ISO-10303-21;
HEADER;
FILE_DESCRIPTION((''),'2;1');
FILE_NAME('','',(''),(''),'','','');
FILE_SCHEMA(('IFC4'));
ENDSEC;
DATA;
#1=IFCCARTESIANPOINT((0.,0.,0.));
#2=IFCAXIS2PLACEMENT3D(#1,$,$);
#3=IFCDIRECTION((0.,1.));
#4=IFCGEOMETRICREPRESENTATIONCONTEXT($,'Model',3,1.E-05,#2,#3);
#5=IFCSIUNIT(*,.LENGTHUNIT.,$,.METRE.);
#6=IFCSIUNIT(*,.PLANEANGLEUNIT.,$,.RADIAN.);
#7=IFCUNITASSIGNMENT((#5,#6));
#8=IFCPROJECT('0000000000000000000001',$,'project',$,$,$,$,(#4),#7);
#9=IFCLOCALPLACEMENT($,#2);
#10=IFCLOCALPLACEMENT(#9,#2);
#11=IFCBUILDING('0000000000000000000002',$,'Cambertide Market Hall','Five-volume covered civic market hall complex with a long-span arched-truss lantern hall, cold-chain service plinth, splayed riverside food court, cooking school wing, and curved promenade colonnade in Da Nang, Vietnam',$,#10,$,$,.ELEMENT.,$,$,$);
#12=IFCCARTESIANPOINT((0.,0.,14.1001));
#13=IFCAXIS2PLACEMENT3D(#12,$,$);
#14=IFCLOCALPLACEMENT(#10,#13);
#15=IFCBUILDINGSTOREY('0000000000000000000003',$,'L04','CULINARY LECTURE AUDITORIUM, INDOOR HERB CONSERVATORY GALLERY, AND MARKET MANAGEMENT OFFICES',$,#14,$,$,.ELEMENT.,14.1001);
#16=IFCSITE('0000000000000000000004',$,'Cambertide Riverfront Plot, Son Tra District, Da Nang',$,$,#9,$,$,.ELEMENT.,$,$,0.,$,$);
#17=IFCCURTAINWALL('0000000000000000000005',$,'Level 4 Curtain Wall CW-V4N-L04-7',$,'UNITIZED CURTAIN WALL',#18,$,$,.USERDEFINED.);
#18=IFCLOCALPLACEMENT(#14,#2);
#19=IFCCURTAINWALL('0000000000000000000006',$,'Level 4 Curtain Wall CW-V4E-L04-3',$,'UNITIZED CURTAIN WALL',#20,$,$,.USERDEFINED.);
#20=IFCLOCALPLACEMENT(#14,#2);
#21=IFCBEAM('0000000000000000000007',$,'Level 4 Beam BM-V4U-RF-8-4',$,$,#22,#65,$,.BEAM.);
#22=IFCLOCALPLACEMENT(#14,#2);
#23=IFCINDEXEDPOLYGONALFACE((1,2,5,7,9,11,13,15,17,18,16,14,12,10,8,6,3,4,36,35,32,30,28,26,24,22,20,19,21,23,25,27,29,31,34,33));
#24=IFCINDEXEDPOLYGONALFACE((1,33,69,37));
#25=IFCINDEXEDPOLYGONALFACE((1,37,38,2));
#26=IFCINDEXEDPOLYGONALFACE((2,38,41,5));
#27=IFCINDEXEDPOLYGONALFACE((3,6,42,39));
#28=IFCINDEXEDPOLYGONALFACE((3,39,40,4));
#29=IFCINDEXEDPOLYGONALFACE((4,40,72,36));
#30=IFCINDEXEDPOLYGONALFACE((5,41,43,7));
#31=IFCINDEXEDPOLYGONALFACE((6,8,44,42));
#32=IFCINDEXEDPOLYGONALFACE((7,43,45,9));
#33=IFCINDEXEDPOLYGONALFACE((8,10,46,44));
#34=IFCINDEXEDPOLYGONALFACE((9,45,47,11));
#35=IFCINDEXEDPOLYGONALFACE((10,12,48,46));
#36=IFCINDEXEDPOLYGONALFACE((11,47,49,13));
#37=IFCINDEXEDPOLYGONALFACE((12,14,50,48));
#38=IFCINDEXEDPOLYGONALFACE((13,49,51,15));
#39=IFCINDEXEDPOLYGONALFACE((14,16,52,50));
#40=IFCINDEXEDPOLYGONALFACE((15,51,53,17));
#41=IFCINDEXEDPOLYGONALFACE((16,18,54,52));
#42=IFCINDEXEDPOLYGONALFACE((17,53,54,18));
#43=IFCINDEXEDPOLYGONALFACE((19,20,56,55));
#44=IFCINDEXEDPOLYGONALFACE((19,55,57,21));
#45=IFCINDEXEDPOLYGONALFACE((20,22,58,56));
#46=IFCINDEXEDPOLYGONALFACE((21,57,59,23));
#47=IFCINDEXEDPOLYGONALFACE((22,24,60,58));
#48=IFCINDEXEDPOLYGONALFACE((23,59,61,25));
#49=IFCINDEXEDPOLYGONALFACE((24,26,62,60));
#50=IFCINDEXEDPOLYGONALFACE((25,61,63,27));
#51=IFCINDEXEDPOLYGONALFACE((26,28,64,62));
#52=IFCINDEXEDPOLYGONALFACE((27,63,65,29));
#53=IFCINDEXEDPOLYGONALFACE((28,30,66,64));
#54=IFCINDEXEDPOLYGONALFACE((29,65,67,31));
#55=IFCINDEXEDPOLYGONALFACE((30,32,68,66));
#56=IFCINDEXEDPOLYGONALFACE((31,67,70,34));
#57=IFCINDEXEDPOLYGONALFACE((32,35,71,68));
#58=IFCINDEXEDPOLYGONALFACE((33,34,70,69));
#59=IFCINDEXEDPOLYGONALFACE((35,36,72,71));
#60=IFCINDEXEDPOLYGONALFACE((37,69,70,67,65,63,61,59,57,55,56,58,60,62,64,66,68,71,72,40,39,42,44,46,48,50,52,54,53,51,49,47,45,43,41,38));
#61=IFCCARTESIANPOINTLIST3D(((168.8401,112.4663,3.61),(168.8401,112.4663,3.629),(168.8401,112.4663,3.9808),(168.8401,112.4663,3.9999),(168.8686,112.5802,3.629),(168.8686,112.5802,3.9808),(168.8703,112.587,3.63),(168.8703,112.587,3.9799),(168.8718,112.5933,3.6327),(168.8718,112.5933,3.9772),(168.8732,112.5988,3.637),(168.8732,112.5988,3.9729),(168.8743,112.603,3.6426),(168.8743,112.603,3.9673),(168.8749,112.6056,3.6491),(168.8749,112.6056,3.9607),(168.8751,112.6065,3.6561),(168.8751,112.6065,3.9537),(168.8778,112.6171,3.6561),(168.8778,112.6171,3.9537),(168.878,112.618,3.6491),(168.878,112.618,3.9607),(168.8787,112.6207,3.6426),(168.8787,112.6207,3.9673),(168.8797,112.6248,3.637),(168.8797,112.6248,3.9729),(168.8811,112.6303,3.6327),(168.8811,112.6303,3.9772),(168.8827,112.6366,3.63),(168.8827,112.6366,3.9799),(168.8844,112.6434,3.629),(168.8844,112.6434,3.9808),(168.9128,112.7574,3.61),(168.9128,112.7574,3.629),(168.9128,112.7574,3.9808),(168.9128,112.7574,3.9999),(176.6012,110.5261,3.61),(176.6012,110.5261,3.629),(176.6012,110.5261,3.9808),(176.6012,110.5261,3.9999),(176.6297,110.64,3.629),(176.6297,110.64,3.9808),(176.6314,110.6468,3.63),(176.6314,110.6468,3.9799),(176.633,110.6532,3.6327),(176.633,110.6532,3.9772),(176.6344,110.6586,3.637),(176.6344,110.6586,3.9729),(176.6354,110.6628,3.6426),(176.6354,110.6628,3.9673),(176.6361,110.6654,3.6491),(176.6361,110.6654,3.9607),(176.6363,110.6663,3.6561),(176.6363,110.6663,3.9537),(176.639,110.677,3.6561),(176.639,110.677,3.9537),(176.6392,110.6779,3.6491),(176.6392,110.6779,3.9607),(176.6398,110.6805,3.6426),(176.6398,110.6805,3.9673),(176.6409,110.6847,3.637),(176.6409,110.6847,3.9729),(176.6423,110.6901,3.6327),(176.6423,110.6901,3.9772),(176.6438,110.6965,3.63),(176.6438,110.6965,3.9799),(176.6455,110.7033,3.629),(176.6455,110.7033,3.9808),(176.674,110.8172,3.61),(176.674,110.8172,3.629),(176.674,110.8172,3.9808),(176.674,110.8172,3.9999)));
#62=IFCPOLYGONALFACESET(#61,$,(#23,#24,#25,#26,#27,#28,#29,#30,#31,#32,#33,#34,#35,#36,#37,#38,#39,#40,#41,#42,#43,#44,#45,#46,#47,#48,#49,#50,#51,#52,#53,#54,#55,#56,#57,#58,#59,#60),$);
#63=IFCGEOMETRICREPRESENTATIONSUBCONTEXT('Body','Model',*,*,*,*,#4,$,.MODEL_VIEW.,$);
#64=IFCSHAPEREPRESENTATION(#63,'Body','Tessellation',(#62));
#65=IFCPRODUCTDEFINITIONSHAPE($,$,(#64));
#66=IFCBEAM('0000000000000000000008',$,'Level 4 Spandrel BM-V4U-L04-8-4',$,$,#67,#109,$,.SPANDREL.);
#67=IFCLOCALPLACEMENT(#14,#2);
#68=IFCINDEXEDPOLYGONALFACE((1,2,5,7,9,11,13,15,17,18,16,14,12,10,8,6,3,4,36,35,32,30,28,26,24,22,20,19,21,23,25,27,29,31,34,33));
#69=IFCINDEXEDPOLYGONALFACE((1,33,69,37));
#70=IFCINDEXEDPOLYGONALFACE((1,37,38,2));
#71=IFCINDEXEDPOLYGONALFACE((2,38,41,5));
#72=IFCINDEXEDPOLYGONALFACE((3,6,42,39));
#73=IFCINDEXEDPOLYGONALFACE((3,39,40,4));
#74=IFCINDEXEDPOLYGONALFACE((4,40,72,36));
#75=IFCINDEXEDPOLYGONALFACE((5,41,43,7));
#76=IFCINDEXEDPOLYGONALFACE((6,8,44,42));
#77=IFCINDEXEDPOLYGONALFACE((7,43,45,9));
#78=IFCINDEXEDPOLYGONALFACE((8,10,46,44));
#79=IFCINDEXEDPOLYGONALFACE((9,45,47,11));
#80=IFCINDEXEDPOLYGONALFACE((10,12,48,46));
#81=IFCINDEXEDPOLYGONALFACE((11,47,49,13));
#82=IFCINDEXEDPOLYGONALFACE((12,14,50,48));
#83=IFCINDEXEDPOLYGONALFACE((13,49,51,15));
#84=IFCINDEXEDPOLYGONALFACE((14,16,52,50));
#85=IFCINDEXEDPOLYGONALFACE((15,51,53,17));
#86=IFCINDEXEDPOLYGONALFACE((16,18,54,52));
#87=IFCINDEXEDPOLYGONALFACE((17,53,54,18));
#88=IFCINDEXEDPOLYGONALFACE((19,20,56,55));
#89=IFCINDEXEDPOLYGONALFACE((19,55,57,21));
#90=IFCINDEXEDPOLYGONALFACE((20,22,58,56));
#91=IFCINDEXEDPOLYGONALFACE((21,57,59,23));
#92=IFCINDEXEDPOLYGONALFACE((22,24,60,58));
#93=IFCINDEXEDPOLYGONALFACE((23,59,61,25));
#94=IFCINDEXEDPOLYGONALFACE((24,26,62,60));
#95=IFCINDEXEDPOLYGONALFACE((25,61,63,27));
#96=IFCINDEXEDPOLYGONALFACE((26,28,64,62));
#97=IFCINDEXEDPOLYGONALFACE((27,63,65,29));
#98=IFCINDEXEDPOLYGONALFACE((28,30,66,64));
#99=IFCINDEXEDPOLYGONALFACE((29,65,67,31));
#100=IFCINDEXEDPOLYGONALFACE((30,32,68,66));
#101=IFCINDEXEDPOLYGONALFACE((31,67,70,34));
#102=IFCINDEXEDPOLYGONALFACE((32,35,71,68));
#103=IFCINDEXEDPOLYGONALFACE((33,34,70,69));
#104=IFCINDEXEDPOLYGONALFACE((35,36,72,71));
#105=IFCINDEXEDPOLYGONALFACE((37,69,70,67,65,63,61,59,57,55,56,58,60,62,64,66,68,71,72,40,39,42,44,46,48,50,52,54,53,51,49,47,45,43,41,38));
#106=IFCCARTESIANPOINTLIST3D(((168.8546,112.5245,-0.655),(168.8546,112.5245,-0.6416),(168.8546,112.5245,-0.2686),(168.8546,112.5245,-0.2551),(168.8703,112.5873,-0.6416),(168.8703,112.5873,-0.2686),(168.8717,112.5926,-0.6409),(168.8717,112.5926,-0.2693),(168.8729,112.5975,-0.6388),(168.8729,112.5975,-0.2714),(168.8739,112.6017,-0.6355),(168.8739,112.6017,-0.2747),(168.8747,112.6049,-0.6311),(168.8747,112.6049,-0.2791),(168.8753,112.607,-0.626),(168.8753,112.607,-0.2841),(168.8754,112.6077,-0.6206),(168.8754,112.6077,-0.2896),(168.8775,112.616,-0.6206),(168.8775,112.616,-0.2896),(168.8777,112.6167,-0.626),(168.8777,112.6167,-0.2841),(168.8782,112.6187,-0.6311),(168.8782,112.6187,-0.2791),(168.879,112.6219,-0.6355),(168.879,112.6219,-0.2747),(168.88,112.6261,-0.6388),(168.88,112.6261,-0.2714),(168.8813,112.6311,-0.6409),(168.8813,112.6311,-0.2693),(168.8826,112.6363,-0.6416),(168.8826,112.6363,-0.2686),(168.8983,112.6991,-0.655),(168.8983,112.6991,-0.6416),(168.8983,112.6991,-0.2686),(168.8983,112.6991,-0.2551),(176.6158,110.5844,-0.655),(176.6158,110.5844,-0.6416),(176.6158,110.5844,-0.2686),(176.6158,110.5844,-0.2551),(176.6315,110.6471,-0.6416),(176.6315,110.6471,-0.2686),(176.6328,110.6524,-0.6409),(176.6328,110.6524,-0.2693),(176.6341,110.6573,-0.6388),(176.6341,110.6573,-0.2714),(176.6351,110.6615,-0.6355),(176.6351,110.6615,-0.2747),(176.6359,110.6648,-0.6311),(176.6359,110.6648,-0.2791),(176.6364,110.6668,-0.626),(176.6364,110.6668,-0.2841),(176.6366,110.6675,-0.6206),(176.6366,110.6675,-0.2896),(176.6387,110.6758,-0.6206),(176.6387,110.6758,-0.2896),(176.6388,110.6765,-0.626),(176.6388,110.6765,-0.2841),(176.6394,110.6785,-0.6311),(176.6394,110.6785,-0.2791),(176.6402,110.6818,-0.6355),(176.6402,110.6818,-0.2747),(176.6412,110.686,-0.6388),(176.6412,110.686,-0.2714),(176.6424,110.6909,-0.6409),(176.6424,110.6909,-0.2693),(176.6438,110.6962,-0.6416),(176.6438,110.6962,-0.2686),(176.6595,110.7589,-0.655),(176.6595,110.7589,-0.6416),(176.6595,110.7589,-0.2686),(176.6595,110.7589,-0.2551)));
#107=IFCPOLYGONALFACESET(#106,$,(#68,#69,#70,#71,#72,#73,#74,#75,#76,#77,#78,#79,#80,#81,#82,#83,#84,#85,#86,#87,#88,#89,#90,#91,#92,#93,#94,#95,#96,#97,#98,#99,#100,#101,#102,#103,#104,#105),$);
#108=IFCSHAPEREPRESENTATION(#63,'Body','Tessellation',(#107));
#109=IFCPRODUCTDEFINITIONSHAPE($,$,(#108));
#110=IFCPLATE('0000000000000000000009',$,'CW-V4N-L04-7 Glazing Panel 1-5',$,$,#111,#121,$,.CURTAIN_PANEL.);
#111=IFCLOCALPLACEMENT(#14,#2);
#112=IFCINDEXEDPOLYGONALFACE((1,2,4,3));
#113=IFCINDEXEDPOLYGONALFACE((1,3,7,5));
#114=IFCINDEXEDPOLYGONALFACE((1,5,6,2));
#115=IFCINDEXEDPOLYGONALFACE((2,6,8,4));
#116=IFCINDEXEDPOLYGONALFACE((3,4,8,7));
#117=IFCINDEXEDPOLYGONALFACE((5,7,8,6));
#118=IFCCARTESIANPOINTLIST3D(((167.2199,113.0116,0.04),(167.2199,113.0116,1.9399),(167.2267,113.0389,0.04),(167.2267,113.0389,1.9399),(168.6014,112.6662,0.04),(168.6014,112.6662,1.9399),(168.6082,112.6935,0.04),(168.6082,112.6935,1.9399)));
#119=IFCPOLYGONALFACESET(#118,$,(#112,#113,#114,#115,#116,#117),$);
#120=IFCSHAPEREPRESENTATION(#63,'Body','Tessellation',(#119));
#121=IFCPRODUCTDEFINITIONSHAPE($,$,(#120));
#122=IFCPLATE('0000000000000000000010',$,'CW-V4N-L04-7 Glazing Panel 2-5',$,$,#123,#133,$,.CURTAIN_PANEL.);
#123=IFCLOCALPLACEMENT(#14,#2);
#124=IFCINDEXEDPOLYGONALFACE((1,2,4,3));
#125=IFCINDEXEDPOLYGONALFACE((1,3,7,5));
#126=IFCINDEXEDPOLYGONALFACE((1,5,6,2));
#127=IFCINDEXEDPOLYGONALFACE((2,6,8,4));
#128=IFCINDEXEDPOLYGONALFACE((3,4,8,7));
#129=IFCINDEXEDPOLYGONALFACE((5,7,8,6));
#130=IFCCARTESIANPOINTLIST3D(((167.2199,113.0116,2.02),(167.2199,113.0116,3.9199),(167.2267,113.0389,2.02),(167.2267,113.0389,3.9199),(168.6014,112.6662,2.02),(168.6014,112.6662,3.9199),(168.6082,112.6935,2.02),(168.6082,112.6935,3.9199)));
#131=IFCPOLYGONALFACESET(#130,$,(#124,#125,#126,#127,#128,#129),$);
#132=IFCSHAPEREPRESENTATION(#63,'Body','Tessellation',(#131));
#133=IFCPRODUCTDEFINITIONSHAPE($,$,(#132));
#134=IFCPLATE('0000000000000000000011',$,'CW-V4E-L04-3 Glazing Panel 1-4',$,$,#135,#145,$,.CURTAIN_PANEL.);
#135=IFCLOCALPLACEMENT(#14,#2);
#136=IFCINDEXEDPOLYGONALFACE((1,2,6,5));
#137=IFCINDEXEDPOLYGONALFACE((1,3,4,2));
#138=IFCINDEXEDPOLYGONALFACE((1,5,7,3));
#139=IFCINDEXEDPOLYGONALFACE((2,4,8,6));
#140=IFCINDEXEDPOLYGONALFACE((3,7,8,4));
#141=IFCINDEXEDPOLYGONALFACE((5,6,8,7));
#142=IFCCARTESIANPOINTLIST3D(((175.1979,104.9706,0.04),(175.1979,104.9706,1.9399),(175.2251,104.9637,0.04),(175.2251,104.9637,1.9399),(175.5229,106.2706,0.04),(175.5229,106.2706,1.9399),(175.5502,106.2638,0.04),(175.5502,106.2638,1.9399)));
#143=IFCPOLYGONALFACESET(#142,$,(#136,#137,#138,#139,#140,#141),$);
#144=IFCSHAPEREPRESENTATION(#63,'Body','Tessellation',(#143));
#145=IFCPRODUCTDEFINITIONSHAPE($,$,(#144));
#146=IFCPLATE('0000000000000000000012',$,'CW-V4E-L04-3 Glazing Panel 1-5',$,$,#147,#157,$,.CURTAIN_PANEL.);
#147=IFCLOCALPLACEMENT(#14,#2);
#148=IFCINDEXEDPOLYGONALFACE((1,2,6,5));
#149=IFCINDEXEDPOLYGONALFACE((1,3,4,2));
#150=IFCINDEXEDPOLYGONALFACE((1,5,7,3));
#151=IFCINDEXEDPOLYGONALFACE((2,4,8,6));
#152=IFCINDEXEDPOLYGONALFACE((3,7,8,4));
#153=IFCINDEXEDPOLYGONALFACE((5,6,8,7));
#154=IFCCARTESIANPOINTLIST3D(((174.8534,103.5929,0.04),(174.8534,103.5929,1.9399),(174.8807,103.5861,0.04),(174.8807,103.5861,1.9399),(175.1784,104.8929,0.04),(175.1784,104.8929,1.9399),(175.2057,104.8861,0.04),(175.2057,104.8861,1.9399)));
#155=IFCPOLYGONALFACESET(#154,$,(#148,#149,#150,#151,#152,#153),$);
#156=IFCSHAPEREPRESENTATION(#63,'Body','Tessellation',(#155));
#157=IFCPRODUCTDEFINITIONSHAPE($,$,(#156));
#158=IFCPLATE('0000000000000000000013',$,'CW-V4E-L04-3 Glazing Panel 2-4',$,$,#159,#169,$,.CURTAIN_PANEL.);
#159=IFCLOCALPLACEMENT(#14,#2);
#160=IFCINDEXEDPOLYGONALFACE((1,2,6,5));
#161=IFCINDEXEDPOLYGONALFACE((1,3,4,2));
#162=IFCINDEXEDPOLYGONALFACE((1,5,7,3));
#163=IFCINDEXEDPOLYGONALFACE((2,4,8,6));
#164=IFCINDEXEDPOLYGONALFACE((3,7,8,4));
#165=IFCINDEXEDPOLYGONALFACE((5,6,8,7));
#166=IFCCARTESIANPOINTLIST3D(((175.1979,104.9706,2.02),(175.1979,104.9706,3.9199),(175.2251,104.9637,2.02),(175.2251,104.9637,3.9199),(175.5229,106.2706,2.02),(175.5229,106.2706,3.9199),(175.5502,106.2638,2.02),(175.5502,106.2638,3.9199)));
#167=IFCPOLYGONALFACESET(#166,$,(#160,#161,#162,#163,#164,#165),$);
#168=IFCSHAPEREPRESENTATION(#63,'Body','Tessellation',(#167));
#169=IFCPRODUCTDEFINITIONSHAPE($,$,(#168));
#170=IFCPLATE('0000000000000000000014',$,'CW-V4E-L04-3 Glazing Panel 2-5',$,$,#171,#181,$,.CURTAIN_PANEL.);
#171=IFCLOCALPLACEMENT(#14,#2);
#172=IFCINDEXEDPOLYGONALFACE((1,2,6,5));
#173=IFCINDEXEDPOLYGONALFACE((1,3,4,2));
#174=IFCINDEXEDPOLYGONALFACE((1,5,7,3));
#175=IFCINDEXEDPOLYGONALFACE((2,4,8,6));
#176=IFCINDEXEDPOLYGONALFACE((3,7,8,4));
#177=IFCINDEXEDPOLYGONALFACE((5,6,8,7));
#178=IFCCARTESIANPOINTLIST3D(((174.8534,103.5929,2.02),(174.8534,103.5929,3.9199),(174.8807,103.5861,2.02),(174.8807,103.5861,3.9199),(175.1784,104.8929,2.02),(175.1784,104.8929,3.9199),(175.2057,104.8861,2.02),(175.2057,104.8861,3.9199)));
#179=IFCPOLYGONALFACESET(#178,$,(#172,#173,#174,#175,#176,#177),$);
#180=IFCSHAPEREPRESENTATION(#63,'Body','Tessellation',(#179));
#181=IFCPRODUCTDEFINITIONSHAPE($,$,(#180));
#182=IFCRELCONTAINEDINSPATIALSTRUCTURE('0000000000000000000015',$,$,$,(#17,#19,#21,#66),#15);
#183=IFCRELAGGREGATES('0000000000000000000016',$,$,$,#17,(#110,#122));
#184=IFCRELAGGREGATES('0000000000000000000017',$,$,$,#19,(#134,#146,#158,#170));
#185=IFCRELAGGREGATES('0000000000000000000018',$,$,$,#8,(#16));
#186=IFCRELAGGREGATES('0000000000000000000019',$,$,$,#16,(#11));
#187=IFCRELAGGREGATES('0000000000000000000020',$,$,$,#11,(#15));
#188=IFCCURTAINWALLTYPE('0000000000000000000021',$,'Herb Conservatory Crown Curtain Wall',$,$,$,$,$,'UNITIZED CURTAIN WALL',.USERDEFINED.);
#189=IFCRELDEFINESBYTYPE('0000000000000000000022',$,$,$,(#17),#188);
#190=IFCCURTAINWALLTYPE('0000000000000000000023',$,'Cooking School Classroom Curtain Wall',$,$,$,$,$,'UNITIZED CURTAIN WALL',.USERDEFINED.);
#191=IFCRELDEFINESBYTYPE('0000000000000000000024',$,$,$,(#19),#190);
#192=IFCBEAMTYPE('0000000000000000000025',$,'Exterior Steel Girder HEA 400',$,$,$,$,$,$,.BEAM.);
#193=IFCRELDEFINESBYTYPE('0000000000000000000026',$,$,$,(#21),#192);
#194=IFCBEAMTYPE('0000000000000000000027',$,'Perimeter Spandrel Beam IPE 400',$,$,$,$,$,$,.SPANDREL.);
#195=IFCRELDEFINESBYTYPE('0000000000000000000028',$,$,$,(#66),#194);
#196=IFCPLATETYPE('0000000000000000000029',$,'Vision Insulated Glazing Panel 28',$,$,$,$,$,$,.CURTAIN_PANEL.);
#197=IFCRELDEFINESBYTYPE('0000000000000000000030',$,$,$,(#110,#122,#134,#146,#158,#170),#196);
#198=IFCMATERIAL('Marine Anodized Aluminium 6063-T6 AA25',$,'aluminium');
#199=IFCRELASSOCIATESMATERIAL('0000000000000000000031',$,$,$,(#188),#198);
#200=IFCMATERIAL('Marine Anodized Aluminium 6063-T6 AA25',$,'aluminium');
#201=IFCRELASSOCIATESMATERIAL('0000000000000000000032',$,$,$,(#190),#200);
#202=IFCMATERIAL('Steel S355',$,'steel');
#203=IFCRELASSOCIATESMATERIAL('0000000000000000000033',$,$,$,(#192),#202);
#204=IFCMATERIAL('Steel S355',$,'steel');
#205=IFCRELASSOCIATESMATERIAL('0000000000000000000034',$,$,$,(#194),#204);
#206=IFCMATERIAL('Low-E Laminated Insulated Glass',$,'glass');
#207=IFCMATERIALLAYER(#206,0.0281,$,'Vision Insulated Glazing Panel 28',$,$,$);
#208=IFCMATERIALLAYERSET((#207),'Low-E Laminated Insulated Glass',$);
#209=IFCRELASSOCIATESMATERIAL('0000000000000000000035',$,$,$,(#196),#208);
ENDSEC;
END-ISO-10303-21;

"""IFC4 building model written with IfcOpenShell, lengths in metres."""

from ifc_helpers import new_model, si_unit, direction, frame, origin, origin_2d, place, context, subcontext, project, spatial, rectangle, i_section, extrude, material, layer, layer_set, material_profile, profile_set, type_object, element, aggregate, save


model = new_model("IFC4")

# Units and contexts
model_context = context("Model", 3, precision=1e-05, world=origin(), true_north=direction((0.0, 1.0)))
body_context = subcontext(model_context, "Body", "Model", "MODEL_VIEW")
ifc_project = project(units=[si_unit("LENGTHUNIT", "METRE"), si_unit("PLANEANGLEUNIT", "RADIAN")], contexts=[model_context])

# Site, building, storey
site_placement = place(None, origin())
site = spatial("IfcSite", under=ifc_project, at=site_placement, Name="Cambertide Riverfront Plot, Son Tra District, Da Nang", CompositionType="ELEMENT", RefElevation=0.0)
building_placement = place(site_placement, origin())
building = spatial("IfcBuilding", under=site, at=building_placement, Name="Cambertide Market Hall", Description="Five-volume covered civic market hall complex with a long-span arched-truss lantern hall, cold-chain service plinth, splayed riverside food court, cooking school wing, and curved promenade colonnade in Da Nang, Vietnam", CompositionType="ELEMENT")
storey_placement = place(building_placement, frame((0.0, 0.0, 14.1001)))
storey = spatial("IfcBuildingStorey", under=building, at=storey_placement, Name="L04", Description="CULINARY LECTURE AUDITORIUM, INDOOR HERB CONSERVATORY GALLERY, AND MARKET MANAGEMENT OFFICES", CompositionType="ELEMENT", Elevation=14.1001)

# Curtain walls
ifc_material_1 = material(Name="Marine Anodized Aluminium 6063-T6 AA25", Category="aluminium")
curtain_wall_type_1 = type_object("IfcCurtainWallType", Name="Herb Conservatory Crown Curtain Wall", ElementType="UNITIZED CURTAIN WALL", PredefinedType="USERDEFINED", material=ifc_material_1)
curtain_wall_1_placement = place(storey_placement, origin())
curtain_wall_1 = element("IfcCurtainWall", 1, at=curtain_wall_1_placement, inside=storey, type_object=curtain_wall_type_1, Name="Level 4 Curtain Wall CW-V4N-L04-7", ObjectType="UNITIZED CURTAIN WALL", PredefinedType="USERDEFINED")
ifc_material_2 = material(Name="Marine Anodized Aluminium 6063-T6 AA25", Category="aluminium")
curtain_wall_type_2 = type_object("IfcCurtainWallType", Name="Cooking School Classroom Curtain Wall", ElementType="UNITIZED CURTAIN WALL", PredefinedType="USERDEFINED", material=ifc_material_2)
curtain_wall_2_placement = place(storey_placement, origin())
curtain_wall_2 = element("IfcCurtainWall", 2, at=curtain_wall_2_placement, inside=storey, type_object=curtain_wall_type_2, Name="Level 4 Curtain Wall CW-V4E-L04-3", ObjectType="UNITIZED CURTAIN WALL", PredefinedType="USERDEFINED")

# Beams
ifc_material_3 = material(Name="Steel S355", Category="steel")
ifc_material_profile_1 = material_profile(ifc_material_3, i_section(OverallWidth=0.3, OverallDepth=0.3899, WebThickness=0.011, FlangeThickness=0.019, FilletRadius=0.0271, at=origin_2d()), Name="HEA 400")
ifc_profile_set_1 = profile_set([ifc_material_profile_1], Name="Steel S355")
beam_type_1 = type_object("IfcBeamType", Name="Exterior Steel Girder HEA 400", PredefinedType="BEAM", material=ifc_profile_set_1)
beam_1_placement = place(storey_placement, frame((168.8765, 112.6118, 3.8049), z_axis=(0.970146, -0.242521, 0.0), x_axis=(0.242521, 0.970146, 0.0)))
element("IfcBeam", 3, at=beam_1_placement, inside=storey, type_object=beam_type_1, Name="Level 4 Beam BM-V4U-RF-8-4", PredefinedType="BEAM", context=body_context, shape_type="SweptSolid", body=[
    extrude(i_section(OverallWidth=0.3, OverallDepth=0.3899, WebThickness=0.011, FlangeThickness=0.019, FilletRadius=0.0271, at=origin_2d()), origin(), (0.0, 0.0, 1.0), 8.0),
])
ifc_material_4 = material(Name="Steel S355", Category="steel")
ifc_material_profile_2 = material_profile(ifc_material_4, i_section(OverallWidth=0.1799, OverallDepth=0.3999, WebThickness=0.0085, FlangeThickness=0.0134, FilletRadius=0.021, at=origin_2d()), Name="IPE 400")
ifc_profile_set_2 = profile_set([ifc_material_profile_2], Name="Steel S355")
beam_type_2 = type_object("IfcBeamType", Name="Perimeter Spandrel Beam IPE 400", PredefinedType="SPANDREL", material=ifc_profile_set_2)
beam_2_placement = place(storey_placement, frame((168.8765, 112.6118, -0.4551), z_axis=(0.970146, -0.242521, 0.0), x_axis=(0.242521, 0.970146, 0.0)))
element("IfcBeam", 4, at=beam_2_placement, inside=storey, type_object=beam_type_2, Name="Level 4 Spandrel BM-V4U-L04-8-4", PredefinedType="SPANDREL", context=body_context, shape_type="SweptSolid", body=[
    extrude(i_section(OverallWidth=0.1799, OverallDepth=0.3999, WebThickness=0.0085, FlangeThickness=0.0134, FilletRadius=0.021, at=origin_2d()), origin(), (0.0, 0.0, 1.0), 8.0),
])

# Plates
ifc_material_5 = material(Name="Low-E Laminated Insulated Glass", Category="glass")
ifc_layer_1 = layer(ifc_material_5, 0.0281, Name="Vision Insulated Glazing Panel 28")
ifc_layer_set_1 = layer_set([ifc_layer_1], Name="Low-E Laminated Insulated Glass")
plate_type = type_object("IfcPlateType", Name="Vision Insulated Glazing Panel 28", PredefinedType="CURTAIN_PANEL", material=ifc_layer_set_1)
plate_1_placement = place(storey_placement, frame((167.9141, 112.8525, 0.04), z_axis=(0.0, 0.0, 1.0), x_axis=(0.970143, -0.242536, 0.0)))
plate_1 = element("IfcPlate", 5, at=plate_1_placement, type_object=plate_type, Name="CW-V4N-L04-7 Glazing Panel 1-5", PredefinedType="CURTAIN_PANEL", context=body_context, shape_type="SweptSolid", body=[
    extrude(rectangle(XDim=1.4241, YDim=0.0281, at=origin_2d()), origin(), (0.0, 0.0, 1.0), 1.8999),
])
plate_2_placement = place(storey_placement, frame((167.9141, 112.8525, 2.02), z_axis=(0.0, 0.0, 1.0), x_axis=(0.970143, -0.242536, 0.0)))
plate_2 = element("IfcPlate", 6, at=plate_2_placement, type_object=plate_type, Name="CW-V4N-L04-7 Glazing Panel 2-5", PredefinedType="CURTAIN_PANEL", context=body_context, shape_type="SweptSolid", body=[
    extrude(rectangle(XDim=1.4241, YDim=0.0281, at=origin_2d()), origin(), (0.0, 0.0, 1.0), 1.8999),
])
aggregate(curtain_wall_1, [plate_1, plate_2])
plate_3_placement = place(storey_placement, frame((175.374, 105.6172, 0.04), z_axis=(0.0, 0.0, 1.0), x_axis=(-0.242536, -0.970143, 0.0)))
plate_3 = element("IfcPlate", 7, at=plate_3_placement, type_object=plate_type, Name="CW-V4E-L04-3 Glazing Panel 1-4", PredefinedType="CURTAIN_PANEL", context=body_context, shape_type="SweptSolid", body=[
    extrude(rectangle(XDim=1.3401, YDim=0.0281, at=origin_2d()), origin(), (0.0, 0.0, 1.0), 1.8999),
])
plate_4_placement = place(storey_placement, frame((175.0295, 104.2395, 0.04), z_axis=(0.0, 0.0, 1.0), x_axis=(-0.242536, -0.970143, 0.0)))
plate_4 = element("IfcPlate", 8, at=plate_4_placement, type_object=plate_type, Name="CW-V4E-L04-3 Glazing Panel 1-5", PredefinedType="CURTAIN_PANEL", context=body_context, shape_type="SweptSolid", body=[
    extrude(rectangle(XDim=1.3401, YDim=0.0281, at=origin_2d()), origin(), (0.0, 0.0, 1.0), 1.8999),
])
plate_5_placement = place(storey_placement, frame((175.374, 105.6172, 2.02), z_axis=(0.0, 0.0, 1.0), x_axis=(-0.242536, -0.970143, 0.0)))
plate_5 = element("IfcPlate", 9, at=plate_5_placement, type_object=plate_type, Name="CW-V4E-L04-3 Glazing Panel 2-4", PredefinedType="CURTAIN_PANEL", context=body_context, shape_type="SweptSolid", body=[
    extrude(rectangle(XDim=1.3401, YDim=0.0281, at=origin_2d()), origin(), (0.0, 0.0, 1.0), 1.8999),
])
plate_6_placement = place(storey_placement, frame((175.0295, 104.2395, 2.02), z_axis=(0.0, 0.0, 1.0), x_axis=(-0.242536, -0.970143, 0.0)))
plate_6 = element("IfcPlate", 10, at=plate_6_placement, type_object=plate_type, Name="CW-V4E-L04-3 Glazing Panel 2-5", PredefinedType="CURTAIN_PANEL", context=body_context, shape_type="SweptSolid", body=[
    extrude(rectangle(XDim=1.3401, YDim=0.0281, at=origin_2d()), origin(), (0.0, 0.0, 1.0), 1.8999),
])
aggregate(curtain_wall_2, [plate_3, plate_4, plate_5, plate_6])

save(model, "model.ifc")
